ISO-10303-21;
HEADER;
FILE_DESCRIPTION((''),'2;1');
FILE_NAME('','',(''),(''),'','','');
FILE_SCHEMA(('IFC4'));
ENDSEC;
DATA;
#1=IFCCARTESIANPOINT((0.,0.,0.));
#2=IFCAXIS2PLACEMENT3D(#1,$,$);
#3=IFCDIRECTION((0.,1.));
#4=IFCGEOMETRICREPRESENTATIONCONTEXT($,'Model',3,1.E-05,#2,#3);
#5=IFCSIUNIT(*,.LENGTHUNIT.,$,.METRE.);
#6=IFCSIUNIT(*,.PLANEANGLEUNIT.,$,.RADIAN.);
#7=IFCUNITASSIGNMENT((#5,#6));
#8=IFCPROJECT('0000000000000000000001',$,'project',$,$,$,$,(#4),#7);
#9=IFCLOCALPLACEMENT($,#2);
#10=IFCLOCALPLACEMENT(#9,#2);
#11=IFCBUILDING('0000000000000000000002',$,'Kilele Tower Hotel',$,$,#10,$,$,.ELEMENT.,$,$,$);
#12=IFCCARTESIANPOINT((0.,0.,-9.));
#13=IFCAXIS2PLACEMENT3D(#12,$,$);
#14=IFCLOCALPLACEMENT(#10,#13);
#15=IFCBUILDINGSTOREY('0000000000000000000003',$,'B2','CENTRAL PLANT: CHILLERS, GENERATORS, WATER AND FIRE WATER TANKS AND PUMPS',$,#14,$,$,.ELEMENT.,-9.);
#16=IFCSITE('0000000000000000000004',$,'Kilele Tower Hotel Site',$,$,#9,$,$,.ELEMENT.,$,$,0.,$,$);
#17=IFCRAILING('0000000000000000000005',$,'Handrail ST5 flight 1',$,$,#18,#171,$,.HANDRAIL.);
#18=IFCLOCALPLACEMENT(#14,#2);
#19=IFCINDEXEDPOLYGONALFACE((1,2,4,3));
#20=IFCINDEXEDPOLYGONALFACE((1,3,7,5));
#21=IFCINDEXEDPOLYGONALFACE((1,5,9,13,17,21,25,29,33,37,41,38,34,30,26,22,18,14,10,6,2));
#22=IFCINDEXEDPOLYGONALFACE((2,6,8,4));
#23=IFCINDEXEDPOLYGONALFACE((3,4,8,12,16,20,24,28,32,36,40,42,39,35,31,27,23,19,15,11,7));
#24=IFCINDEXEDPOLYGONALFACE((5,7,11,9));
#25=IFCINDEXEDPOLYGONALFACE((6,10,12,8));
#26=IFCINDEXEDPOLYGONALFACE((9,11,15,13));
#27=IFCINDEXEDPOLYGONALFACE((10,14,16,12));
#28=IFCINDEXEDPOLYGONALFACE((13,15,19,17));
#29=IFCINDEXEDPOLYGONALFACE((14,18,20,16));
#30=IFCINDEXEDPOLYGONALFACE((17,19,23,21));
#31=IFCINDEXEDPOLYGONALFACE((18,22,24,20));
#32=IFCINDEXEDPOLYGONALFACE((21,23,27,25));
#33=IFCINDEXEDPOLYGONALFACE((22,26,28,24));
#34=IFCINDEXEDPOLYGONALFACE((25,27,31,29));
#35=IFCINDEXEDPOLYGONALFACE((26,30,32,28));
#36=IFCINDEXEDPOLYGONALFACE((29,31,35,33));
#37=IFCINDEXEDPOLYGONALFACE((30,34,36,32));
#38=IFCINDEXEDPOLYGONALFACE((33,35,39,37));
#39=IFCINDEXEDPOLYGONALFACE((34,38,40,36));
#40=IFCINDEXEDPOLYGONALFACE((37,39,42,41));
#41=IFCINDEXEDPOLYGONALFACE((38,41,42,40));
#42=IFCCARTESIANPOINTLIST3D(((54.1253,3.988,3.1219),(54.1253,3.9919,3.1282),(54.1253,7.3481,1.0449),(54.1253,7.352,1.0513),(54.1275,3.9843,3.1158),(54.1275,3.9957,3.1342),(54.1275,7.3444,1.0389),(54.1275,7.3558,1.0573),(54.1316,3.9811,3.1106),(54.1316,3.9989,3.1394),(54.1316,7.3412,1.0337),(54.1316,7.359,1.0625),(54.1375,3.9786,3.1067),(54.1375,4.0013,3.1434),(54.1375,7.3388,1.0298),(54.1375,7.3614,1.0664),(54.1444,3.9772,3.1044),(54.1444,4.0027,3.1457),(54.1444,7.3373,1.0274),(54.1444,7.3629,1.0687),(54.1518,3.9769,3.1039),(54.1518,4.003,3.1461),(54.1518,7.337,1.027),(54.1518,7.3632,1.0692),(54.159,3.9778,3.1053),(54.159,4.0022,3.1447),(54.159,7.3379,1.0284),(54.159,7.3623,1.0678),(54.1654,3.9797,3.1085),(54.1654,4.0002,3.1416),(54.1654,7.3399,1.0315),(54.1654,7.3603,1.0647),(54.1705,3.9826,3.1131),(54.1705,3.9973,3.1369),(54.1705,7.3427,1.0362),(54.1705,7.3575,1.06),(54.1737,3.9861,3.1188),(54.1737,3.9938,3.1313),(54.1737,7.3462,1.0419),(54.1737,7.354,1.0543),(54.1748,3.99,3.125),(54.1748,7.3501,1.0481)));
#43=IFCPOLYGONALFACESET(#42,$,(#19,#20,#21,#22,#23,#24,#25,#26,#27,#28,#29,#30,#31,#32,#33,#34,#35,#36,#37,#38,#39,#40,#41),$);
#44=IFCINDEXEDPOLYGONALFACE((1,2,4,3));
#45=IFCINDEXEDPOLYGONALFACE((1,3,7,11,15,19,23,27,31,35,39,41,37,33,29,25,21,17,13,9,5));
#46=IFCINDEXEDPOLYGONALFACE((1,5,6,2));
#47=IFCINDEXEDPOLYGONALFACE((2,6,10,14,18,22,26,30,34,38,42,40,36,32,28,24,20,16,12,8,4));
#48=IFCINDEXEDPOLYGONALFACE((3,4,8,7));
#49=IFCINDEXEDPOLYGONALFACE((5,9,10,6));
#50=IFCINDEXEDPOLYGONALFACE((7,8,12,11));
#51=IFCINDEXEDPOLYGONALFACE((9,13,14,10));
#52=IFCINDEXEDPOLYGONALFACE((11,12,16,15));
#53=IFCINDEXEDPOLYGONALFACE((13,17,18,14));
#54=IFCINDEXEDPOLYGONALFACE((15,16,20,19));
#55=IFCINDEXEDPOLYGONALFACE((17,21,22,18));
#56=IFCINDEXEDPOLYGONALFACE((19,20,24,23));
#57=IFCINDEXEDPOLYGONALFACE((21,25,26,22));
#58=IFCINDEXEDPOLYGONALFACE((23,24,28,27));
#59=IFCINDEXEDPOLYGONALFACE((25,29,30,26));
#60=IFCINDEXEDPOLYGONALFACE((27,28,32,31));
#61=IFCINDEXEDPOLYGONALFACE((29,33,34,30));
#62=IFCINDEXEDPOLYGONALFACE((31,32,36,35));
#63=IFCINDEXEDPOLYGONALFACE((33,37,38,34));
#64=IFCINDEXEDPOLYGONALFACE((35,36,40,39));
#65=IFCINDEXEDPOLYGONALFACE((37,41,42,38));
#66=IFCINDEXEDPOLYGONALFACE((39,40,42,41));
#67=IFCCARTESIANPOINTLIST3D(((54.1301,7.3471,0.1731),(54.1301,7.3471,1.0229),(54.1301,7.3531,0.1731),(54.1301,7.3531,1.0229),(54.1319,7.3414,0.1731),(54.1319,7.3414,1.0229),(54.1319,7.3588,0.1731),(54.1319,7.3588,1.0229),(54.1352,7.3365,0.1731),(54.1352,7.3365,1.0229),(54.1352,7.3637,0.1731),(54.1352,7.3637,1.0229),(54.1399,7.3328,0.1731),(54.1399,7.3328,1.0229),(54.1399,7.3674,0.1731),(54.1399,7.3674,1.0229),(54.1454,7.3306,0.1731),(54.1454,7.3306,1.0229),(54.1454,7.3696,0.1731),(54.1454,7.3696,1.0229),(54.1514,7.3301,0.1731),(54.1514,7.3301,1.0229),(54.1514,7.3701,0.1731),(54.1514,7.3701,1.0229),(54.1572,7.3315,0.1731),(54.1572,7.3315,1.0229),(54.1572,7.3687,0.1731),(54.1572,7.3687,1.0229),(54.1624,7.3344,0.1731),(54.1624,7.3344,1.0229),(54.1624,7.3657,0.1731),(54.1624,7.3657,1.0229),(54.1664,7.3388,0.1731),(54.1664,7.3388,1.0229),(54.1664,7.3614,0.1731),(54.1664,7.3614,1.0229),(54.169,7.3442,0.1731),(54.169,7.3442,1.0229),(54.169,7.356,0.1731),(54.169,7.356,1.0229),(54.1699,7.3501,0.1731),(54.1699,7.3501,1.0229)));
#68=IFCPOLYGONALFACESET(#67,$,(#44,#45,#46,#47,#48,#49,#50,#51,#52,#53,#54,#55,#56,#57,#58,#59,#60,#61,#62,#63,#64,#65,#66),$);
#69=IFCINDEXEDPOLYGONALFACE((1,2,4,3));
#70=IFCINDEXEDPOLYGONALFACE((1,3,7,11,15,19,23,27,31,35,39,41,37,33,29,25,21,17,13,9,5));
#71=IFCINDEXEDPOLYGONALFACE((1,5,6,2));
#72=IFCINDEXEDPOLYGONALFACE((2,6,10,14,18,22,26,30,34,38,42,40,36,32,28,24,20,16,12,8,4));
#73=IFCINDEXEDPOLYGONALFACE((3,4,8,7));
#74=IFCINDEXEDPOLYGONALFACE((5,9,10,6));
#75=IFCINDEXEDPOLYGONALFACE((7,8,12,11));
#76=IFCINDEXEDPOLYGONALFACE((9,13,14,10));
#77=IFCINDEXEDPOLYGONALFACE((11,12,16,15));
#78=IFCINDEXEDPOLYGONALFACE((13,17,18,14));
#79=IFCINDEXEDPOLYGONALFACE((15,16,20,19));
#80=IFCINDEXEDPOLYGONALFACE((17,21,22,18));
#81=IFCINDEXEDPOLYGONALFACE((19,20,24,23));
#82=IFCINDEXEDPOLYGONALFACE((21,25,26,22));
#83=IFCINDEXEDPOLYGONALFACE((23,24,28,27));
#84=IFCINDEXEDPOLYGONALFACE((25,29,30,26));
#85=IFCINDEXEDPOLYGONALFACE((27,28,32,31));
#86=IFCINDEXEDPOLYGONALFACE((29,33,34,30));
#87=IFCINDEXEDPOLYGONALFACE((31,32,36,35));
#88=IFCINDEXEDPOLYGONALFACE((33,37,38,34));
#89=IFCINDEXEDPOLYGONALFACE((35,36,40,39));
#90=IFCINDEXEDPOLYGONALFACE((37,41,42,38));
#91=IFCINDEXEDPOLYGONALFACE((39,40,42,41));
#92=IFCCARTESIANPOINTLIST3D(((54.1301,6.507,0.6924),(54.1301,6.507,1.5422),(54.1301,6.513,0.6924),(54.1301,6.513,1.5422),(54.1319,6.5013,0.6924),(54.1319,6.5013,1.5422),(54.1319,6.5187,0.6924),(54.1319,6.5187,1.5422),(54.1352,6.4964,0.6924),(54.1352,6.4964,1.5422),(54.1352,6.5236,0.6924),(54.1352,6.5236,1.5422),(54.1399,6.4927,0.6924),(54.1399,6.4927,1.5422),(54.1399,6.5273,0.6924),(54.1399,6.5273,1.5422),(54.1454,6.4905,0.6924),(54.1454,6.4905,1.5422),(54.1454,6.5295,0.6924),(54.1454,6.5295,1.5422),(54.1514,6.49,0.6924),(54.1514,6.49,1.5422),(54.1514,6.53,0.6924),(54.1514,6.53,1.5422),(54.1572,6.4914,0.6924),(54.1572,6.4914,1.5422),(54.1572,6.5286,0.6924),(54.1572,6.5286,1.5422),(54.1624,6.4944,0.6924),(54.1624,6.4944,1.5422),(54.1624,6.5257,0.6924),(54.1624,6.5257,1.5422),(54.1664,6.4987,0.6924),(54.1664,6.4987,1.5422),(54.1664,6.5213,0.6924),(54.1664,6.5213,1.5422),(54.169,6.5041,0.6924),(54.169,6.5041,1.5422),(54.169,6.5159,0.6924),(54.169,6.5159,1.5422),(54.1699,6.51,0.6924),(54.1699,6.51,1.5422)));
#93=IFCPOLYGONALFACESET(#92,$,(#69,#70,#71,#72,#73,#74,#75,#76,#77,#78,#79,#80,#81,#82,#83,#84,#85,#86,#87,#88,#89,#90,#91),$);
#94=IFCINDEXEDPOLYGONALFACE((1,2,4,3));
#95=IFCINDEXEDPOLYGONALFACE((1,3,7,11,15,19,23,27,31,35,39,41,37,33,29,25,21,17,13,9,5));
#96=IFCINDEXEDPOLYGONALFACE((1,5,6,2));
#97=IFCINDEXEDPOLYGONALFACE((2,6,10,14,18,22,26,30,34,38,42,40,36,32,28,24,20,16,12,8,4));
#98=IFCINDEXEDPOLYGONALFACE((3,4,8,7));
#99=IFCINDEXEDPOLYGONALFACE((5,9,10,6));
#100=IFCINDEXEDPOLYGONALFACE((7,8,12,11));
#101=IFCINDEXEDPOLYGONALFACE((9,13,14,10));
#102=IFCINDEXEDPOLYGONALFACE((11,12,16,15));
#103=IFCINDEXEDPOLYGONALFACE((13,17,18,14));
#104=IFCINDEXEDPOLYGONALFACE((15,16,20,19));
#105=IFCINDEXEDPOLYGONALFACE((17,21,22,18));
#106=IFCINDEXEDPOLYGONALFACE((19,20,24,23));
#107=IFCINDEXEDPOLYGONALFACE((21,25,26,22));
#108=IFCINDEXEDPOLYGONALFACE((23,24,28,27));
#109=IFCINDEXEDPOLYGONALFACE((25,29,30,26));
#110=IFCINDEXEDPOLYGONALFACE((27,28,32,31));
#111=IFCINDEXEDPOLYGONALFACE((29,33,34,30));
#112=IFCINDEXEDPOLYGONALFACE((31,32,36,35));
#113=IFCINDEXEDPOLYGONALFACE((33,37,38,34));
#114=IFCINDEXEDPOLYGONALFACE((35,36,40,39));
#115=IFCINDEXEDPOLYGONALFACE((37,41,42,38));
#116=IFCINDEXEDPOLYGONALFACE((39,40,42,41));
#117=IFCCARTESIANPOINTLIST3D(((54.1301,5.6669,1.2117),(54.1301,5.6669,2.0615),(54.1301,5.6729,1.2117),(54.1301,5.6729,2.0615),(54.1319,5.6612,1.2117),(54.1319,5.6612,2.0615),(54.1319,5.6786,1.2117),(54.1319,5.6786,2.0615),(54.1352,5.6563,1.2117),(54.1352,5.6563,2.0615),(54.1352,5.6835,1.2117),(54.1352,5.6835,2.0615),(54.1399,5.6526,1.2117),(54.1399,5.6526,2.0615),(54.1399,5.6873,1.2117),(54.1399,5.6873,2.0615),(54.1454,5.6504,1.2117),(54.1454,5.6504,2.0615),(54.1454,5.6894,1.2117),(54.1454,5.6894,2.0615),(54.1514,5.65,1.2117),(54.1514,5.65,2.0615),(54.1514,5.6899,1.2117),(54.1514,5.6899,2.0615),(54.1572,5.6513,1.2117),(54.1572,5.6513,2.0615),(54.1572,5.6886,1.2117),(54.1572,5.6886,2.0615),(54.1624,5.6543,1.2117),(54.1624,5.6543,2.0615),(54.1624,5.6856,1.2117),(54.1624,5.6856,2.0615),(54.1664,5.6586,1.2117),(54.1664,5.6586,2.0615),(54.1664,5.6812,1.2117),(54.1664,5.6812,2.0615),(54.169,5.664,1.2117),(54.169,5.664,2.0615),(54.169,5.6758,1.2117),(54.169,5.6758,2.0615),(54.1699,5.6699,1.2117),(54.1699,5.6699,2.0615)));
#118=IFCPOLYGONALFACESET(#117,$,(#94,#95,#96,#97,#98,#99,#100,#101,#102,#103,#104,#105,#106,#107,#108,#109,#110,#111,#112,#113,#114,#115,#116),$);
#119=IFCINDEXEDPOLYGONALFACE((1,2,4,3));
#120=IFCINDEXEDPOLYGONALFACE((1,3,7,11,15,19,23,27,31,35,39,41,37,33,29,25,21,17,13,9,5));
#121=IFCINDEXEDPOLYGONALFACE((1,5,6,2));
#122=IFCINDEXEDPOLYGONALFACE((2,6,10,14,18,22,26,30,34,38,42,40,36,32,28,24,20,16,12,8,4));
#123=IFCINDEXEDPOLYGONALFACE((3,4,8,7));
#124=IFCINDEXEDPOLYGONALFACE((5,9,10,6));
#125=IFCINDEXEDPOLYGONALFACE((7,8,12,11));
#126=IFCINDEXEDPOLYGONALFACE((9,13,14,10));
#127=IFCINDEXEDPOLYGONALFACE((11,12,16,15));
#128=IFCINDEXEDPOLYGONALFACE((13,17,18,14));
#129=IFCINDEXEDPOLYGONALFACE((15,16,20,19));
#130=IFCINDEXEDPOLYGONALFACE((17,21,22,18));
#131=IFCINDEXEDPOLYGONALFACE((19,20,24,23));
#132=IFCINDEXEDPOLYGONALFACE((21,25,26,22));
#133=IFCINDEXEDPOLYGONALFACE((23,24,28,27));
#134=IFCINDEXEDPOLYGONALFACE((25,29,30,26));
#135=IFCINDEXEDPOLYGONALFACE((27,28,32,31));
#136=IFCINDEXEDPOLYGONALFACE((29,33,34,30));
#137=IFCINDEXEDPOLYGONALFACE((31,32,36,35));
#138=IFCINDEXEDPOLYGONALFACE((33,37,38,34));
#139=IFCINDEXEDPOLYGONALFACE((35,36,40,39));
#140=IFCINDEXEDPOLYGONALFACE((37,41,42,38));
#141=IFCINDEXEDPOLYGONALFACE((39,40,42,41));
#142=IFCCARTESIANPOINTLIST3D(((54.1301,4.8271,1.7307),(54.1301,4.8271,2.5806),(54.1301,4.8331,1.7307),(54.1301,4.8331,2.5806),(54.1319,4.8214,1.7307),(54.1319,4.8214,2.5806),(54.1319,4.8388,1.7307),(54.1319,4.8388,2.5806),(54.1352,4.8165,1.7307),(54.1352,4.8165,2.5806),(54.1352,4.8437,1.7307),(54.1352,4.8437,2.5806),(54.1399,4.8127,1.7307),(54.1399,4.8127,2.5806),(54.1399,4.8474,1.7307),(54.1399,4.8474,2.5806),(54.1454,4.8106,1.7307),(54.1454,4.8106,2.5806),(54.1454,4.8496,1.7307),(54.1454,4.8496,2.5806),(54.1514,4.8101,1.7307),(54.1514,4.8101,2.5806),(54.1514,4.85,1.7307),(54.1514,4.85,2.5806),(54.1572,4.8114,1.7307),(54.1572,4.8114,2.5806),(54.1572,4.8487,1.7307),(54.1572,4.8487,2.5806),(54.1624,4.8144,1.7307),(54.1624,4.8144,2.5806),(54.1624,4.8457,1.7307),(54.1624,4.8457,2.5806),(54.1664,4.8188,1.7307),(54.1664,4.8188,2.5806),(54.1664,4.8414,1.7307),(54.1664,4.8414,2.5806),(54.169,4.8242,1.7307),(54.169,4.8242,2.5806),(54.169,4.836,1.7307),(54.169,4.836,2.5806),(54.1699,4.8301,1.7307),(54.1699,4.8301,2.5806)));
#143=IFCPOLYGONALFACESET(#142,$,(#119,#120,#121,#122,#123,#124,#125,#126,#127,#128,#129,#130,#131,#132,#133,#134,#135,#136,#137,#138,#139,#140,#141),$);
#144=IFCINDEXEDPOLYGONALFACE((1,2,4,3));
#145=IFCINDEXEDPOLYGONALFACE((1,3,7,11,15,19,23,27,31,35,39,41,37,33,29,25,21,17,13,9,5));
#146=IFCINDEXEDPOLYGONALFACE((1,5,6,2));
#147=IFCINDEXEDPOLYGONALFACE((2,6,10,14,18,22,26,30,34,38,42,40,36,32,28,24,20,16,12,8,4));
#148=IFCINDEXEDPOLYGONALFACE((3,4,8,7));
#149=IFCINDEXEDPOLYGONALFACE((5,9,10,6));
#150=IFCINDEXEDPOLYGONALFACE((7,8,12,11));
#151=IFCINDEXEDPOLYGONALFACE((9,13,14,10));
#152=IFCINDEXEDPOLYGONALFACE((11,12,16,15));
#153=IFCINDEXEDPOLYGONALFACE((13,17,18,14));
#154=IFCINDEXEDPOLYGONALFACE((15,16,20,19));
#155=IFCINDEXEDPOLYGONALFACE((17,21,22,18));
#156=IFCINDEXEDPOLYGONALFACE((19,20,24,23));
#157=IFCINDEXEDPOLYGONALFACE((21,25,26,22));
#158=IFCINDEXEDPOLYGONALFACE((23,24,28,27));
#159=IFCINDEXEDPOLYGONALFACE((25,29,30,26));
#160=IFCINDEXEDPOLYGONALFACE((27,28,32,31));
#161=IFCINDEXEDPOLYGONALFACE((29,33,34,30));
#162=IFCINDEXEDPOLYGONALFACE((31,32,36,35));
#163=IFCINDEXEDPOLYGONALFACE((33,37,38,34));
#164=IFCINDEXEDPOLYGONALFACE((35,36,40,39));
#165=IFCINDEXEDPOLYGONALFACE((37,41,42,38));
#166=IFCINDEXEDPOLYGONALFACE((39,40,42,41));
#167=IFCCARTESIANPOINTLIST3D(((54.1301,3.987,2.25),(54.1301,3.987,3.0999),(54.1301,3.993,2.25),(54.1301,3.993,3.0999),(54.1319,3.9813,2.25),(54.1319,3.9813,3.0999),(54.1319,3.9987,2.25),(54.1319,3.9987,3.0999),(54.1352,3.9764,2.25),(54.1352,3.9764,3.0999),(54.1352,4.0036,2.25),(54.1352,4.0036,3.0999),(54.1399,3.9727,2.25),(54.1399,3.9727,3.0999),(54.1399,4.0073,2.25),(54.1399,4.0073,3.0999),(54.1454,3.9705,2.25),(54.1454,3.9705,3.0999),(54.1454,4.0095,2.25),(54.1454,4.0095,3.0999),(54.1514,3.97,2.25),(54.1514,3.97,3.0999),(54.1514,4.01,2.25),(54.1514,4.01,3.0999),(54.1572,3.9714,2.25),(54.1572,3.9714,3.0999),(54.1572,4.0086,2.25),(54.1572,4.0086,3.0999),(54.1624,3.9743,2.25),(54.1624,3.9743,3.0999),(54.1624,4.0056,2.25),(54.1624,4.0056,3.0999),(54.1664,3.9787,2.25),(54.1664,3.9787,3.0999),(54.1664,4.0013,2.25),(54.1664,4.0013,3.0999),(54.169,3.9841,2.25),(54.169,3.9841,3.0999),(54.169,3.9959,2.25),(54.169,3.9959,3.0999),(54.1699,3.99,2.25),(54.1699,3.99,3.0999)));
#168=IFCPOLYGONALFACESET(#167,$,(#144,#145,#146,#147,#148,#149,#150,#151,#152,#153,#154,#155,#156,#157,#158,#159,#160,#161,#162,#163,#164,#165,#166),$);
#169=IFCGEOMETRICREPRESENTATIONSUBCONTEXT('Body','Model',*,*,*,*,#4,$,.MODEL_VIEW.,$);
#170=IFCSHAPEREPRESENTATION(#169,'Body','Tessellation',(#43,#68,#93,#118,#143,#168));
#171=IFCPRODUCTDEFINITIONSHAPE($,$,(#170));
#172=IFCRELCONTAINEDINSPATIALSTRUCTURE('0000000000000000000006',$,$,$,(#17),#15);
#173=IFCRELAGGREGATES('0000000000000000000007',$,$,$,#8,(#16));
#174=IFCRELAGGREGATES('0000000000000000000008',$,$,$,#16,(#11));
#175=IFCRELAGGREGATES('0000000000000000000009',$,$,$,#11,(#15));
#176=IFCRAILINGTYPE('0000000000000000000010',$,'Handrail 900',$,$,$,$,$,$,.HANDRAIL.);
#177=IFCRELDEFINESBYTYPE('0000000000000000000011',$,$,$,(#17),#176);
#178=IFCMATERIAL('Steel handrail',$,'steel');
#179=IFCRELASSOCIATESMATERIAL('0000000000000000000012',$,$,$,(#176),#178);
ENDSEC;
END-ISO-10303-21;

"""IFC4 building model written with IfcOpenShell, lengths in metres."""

from ifc_helpers import new_model, si_unit, direction, frame, origin, origin_2d, place, context, subcontext, project, spatial, circle, extrude, material, type_object, element, save


model = new_model("IFC4")

# Units and contexts
model_context = context("Model", 3, precision=1e-05, world=origin(), true_north=direction((0.0, 1.0)))
body_context = subcontext(model_context, "Body", "Model", "MODEL_VIEW")
ifc_project = project(units=[si_unit("LENGTHUNIT", "METRE"), si_unit("PLANEANGLEUNIT", "RADIAN")], contexts=[model_context])

# Site, building, storey
site_placement = place(None, origin())
site = spatial("IfcSite", under=ifc_project, at=site_placement, Name="Kilele Tower Hotel Site", CompositionType="ELEMENT", RefElevation=0.0)
building_placement = place(site_placement, origin())
building = spatial("IfcBuilding", under=site, at=building_placement, Name="Kilele Tower Hotel", CompositionType="ELEMENT")
storey_placement = place(building_placement, frame((0.0, 0.0, -9.0)))
storey = spatial("IfcBuildingStorey", under=building, at=storey_placement, Name="B2", Description="CENTRAL PLANT: CHILLERS, GENERATORS, WATER AND FIRE WATER TANKS AND PUMPS", CompositionType="ELEMENT", Elevation=-9.0)

# Railing
ifc_material_1 = material(Name="Steel handrail", Category="steel")
railing_type_1 = type_object("IfcRailingType", Name="Handrail 900", PredefinedType="HANDRAIL", material=ifc_material_1)
for number, where, name in (
    (1, (54.1499, 7.3501, 0.1731), "Handrail ST5 flight 1"),
):
    element("IfcRailing", number, at=place(storey_placement, frame(where)), inside=storey, type_object=railing_type_1, Name=name, PredefinedType="HANDRAIL", context=body_context, shape_type="SweptSolid", body=[
        extrude(circle(Radius=0.0249, at=origin_2d()), frame((0.0, 0.0, 0.875), z_axis=(0.0, -0.850623, 0.525776), x_axis=(1.0, 0.0, 0.0)), (0.0, 0.0, 1.0), 3.9502),
        extrude(circle(Radius=0.02, at=origin_2d()), origin(), (0.0, 0.0, 1.0), 0.8499),
        extrude(circle(Radius=0.02, at=origin_2d()), frame((0.0, -0.8401, 0.5193)), (0.0, 0.0, 1.0), 0.8499),
        extrude(circle(Radius=0.02, at=origin_2d()), frame((0.0, -1.6802, 1.0386)), (0.0, 0.0, 1.0), 0.8499),
        extrude(circle(Radius=0.02, at=origin_2d()), frame((0.0, -2.52, 1.5576)), (0.0, 0.0, 1.0), 0.8499),
        extrude(circle(Radius=0.02, at=origin_2d()), frame((0.0, -3.3601, 2.0769)), (0.0, 0.0, 1.0), 0.8499),
    ])

save(model, "model.ifc")
